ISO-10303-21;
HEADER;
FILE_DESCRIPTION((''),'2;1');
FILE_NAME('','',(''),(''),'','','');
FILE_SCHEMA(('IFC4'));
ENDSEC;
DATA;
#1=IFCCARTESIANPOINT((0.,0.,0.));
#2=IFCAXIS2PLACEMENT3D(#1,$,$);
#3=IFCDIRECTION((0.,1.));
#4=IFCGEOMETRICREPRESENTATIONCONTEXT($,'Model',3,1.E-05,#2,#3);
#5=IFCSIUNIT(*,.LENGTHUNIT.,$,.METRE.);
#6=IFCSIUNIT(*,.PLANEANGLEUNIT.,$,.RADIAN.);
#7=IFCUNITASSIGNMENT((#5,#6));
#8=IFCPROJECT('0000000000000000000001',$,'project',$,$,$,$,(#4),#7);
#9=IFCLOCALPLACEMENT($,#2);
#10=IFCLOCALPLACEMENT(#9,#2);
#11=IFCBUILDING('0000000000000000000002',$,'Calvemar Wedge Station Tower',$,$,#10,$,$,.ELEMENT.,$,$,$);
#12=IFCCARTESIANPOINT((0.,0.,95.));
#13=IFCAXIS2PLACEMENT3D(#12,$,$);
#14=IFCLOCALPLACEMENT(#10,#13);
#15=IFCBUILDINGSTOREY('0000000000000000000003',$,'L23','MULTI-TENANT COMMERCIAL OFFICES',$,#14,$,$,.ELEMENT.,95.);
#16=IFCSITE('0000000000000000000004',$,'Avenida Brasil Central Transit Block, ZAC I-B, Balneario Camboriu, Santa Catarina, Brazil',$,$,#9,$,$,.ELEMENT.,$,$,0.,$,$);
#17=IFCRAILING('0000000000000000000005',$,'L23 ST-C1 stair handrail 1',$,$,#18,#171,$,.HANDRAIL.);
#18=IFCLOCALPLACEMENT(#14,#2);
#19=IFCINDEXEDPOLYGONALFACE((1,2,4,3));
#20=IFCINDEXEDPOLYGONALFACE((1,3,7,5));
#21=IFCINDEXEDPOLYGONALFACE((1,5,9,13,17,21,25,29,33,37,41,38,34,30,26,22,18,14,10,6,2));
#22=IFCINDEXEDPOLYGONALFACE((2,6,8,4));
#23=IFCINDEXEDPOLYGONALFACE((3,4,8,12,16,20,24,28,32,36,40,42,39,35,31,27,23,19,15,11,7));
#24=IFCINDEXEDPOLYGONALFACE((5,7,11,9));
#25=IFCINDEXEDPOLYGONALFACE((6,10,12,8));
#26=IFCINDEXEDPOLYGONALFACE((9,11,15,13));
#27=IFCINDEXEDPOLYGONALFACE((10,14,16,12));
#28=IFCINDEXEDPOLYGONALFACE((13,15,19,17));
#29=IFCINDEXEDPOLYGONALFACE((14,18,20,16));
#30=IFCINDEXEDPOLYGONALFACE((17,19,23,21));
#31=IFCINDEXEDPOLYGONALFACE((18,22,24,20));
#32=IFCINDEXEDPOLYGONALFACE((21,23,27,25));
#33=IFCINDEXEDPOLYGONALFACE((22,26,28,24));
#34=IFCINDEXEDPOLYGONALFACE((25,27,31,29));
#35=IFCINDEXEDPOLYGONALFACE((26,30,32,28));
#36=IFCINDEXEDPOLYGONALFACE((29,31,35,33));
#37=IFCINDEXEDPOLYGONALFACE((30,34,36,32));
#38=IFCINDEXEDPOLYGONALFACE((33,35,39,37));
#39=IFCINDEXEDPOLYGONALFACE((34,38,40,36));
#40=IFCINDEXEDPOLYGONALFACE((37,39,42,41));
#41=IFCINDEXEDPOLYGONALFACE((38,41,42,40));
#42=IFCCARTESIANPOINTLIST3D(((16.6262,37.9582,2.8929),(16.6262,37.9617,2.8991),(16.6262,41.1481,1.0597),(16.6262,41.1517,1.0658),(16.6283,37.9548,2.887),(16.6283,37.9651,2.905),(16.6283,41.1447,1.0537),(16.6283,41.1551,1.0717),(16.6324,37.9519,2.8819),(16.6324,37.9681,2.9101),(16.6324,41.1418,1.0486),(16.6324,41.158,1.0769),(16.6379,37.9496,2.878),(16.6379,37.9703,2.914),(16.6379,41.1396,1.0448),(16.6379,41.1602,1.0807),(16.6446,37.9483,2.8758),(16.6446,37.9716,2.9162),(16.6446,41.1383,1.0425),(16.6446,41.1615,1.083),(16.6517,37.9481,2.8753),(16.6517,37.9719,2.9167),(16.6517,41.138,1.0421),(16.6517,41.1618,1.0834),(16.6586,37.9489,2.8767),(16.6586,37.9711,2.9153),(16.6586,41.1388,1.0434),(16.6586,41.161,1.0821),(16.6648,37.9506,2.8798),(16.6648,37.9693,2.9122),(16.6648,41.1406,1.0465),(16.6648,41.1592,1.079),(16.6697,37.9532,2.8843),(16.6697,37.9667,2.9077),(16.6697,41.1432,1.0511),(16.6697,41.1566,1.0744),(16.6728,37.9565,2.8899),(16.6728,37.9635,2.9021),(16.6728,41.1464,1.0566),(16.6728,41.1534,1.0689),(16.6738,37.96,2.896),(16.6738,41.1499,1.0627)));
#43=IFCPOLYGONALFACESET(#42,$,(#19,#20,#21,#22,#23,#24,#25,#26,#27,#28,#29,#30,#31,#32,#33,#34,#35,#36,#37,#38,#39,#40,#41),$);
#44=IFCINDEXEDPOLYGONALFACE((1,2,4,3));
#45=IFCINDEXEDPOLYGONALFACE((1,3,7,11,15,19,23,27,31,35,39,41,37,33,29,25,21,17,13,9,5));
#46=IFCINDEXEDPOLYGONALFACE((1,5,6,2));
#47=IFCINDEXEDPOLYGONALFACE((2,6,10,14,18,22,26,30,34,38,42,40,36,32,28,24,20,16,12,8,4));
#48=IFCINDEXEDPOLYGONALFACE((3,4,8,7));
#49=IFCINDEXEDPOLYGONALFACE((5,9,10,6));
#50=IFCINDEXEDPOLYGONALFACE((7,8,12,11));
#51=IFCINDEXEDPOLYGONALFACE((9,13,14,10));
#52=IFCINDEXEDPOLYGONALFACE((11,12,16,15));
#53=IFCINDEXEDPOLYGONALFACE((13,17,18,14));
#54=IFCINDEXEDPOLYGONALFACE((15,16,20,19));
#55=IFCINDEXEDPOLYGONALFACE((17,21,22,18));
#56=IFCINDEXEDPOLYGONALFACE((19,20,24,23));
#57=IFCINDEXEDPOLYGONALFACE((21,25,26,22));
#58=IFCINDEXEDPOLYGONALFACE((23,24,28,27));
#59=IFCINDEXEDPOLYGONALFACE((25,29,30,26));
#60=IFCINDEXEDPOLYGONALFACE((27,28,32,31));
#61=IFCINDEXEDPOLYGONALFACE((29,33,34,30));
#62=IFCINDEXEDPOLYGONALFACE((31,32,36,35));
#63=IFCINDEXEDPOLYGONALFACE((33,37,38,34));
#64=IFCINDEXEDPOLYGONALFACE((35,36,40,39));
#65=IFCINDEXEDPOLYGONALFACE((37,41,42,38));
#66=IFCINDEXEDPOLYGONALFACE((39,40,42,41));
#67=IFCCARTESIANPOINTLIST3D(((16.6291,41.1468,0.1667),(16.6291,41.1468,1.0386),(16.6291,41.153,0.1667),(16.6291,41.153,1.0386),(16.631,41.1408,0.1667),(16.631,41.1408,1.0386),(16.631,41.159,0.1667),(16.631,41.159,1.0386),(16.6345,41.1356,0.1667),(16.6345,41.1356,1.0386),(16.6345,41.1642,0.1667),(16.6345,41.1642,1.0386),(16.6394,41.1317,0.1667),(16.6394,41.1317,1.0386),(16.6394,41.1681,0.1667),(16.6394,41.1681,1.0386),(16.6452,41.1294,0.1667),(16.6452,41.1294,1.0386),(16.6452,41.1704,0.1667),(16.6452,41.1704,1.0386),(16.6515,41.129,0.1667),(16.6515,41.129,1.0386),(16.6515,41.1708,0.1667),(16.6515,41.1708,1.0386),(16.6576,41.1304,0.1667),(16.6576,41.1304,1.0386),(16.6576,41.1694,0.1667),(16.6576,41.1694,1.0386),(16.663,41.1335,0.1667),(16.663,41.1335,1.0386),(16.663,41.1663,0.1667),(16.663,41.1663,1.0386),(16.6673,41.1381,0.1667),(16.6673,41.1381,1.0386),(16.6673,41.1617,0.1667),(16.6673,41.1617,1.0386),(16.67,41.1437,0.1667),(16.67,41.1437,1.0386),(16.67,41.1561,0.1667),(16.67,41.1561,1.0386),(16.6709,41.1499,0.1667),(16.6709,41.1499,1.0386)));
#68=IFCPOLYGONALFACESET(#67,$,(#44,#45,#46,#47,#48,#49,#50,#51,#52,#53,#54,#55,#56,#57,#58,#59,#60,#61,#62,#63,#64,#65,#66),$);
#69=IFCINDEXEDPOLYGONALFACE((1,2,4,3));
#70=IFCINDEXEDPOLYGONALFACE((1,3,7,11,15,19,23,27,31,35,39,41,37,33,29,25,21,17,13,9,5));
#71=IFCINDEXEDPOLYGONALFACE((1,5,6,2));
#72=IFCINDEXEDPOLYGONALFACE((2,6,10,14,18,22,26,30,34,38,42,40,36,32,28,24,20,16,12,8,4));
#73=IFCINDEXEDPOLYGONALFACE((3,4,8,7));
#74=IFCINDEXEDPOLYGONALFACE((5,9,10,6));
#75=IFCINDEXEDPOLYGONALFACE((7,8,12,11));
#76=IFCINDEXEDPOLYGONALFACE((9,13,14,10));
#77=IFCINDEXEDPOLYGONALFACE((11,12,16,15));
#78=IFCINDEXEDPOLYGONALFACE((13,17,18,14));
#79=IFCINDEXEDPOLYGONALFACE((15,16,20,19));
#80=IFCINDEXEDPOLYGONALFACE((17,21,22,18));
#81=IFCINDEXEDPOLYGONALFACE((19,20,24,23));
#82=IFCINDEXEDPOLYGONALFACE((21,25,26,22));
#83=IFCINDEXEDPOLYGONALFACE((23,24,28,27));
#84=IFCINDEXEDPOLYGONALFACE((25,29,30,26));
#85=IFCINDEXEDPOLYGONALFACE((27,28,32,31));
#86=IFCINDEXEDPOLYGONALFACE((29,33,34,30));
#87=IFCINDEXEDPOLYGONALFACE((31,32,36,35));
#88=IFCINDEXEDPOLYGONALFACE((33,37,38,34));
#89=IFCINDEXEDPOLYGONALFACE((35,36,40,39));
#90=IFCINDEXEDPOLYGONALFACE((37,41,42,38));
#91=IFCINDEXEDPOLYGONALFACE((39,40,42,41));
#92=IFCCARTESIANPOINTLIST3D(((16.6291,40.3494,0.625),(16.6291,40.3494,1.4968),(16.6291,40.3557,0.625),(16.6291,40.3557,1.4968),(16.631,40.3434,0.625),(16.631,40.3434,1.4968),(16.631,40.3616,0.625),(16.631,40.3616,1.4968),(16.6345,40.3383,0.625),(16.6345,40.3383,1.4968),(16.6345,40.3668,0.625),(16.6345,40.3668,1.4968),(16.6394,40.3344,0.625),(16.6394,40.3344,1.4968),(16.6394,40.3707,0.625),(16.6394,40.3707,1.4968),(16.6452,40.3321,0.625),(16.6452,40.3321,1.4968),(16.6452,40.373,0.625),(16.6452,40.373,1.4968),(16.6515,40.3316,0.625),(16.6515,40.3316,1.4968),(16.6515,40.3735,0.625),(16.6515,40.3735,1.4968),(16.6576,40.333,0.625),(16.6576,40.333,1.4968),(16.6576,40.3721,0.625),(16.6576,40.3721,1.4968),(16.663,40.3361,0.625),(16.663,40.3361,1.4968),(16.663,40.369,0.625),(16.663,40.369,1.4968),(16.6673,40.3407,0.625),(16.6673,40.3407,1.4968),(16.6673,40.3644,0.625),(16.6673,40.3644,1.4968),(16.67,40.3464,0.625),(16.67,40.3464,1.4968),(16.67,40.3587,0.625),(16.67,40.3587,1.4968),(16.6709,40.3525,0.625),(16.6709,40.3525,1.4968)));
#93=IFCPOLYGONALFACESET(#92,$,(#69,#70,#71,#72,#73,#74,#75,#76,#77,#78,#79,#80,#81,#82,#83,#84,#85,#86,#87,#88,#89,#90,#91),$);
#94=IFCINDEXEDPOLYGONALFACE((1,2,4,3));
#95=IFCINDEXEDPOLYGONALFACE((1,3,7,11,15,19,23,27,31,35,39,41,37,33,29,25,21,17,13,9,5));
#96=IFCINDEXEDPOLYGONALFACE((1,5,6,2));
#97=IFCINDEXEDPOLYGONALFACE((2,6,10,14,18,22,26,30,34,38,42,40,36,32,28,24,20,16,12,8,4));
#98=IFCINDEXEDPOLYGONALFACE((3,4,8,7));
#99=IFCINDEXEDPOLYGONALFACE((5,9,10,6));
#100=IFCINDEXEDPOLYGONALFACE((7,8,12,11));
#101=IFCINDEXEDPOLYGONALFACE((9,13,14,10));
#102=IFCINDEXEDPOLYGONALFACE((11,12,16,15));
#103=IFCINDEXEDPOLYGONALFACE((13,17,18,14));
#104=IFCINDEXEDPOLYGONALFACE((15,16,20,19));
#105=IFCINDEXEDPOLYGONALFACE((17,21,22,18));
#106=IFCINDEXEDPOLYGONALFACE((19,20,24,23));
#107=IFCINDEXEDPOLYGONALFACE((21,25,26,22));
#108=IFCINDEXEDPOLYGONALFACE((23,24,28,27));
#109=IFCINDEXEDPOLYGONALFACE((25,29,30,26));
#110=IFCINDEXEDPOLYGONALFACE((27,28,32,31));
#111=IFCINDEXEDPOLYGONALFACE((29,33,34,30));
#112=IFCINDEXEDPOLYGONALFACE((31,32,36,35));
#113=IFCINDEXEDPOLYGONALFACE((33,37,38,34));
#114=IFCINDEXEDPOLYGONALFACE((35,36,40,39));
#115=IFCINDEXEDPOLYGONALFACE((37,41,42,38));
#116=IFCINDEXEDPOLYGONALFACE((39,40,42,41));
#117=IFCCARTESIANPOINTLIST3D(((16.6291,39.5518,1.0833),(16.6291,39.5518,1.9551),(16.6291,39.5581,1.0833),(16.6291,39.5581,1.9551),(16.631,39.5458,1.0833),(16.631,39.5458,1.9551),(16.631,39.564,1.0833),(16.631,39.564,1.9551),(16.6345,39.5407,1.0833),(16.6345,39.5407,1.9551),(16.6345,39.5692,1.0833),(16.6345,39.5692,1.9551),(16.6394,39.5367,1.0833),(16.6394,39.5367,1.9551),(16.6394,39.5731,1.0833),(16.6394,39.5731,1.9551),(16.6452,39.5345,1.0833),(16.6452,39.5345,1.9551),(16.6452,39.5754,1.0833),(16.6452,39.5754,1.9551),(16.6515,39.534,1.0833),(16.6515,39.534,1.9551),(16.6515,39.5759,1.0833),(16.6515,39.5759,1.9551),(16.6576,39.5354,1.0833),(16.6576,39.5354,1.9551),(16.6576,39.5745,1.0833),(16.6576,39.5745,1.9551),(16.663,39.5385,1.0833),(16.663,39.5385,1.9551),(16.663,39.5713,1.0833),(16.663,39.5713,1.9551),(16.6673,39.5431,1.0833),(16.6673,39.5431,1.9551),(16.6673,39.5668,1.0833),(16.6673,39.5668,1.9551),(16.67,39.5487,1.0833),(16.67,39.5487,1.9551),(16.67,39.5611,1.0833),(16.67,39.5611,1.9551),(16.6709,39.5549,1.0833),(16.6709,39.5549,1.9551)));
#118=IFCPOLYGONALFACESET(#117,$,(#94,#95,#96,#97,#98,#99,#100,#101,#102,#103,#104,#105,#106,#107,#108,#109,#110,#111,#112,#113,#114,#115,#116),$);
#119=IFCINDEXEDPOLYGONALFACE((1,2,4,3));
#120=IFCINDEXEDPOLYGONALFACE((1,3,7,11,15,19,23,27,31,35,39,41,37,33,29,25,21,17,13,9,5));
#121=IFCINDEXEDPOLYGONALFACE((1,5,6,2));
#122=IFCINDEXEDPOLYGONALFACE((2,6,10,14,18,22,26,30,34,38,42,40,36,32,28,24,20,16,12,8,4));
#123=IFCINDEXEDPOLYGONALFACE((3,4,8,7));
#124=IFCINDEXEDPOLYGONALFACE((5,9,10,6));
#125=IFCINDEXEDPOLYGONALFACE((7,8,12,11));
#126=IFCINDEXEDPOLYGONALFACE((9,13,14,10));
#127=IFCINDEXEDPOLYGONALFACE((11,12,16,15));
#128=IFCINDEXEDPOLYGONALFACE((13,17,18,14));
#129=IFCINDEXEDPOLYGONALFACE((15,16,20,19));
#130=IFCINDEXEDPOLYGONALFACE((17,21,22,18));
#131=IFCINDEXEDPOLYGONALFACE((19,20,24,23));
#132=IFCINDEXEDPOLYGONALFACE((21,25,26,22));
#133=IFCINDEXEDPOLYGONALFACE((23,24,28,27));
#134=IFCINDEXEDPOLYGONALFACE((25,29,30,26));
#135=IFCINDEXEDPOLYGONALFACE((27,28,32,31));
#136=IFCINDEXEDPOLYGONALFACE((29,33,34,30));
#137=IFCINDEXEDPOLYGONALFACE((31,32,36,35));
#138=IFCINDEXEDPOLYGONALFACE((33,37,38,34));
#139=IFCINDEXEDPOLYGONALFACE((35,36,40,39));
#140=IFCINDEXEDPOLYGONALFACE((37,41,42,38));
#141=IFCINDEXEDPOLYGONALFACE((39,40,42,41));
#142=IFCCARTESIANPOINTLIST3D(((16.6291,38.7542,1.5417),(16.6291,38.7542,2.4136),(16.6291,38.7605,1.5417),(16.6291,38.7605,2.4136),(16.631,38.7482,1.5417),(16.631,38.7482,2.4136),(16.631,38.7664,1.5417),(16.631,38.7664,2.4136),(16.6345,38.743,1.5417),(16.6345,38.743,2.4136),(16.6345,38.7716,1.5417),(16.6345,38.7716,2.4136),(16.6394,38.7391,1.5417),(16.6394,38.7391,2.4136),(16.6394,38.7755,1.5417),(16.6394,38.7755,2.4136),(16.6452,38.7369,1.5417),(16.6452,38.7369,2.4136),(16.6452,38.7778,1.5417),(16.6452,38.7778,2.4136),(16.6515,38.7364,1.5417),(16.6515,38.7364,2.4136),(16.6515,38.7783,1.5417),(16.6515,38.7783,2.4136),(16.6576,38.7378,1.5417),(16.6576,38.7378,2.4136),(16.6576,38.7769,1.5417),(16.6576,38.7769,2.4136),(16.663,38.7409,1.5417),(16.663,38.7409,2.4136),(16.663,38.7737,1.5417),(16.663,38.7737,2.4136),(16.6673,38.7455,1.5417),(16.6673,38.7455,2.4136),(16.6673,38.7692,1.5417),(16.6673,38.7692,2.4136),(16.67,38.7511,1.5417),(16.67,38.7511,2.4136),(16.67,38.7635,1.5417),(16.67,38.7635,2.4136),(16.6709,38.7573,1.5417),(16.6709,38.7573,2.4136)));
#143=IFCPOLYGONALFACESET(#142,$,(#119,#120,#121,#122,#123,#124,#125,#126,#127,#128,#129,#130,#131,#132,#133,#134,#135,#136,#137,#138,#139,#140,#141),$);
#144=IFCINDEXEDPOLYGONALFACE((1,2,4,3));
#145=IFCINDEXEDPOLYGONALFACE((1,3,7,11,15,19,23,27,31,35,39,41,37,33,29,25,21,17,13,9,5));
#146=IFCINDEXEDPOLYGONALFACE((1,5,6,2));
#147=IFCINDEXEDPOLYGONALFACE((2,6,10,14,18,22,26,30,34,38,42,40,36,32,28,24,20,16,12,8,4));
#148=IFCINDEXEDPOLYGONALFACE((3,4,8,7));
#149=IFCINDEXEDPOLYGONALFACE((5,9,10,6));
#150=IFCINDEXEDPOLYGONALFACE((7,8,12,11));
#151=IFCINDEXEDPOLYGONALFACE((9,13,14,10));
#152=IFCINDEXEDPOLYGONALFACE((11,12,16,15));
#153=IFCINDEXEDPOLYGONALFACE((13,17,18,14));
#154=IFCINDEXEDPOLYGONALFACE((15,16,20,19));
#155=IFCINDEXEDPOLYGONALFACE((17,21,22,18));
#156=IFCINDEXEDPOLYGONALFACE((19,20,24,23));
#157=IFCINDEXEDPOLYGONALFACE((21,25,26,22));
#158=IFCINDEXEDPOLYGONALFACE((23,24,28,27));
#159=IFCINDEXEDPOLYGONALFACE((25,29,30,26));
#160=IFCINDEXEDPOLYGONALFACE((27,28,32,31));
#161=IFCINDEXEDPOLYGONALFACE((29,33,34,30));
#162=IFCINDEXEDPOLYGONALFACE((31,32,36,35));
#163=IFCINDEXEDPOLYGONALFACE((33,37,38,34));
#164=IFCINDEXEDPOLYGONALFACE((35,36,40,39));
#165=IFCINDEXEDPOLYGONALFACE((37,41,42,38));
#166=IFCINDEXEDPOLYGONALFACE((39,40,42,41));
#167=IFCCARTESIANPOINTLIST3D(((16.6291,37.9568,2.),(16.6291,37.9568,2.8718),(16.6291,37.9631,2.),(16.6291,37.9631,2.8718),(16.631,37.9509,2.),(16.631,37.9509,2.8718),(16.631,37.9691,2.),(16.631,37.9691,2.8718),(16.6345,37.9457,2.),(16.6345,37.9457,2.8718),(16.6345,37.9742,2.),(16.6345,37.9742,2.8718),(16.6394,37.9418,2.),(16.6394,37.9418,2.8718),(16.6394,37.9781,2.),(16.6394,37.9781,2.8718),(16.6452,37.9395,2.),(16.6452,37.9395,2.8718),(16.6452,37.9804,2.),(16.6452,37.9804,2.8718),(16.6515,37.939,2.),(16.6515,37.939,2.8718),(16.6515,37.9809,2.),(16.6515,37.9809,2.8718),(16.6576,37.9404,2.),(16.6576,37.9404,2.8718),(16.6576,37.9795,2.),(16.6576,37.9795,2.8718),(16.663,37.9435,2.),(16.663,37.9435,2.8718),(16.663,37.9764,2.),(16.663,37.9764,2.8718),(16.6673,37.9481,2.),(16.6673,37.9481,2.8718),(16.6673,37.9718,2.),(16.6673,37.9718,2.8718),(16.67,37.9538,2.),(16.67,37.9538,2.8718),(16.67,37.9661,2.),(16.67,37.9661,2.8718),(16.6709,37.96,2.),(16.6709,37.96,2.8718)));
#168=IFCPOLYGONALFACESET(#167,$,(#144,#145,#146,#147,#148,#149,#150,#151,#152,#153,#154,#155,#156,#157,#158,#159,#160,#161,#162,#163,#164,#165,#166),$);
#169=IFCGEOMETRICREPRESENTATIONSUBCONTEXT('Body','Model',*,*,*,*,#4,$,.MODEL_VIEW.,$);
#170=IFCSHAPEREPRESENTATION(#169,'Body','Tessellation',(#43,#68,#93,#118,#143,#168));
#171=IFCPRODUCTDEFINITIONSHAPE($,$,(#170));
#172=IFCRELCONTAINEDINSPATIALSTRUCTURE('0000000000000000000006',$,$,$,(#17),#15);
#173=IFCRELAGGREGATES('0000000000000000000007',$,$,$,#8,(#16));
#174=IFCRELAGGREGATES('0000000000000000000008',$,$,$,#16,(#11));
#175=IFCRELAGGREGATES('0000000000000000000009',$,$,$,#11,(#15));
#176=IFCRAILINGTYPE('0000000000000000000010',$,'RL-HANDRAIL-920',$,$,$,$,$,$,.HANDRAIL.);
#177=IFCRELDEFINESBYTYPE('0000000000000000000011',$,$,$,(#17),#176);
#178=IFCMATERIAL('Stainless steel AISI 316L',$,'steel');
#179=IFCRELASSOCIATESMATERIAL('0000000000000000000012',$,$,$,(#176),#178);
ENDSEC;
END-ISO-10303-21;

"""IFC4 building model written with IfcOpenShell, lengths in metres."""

from ifc_helpers import new_model, si_unit, direction, frame, origin, origin_2d, place, context, subcontext, project, spatial, circle, extrude, material, type_object, element, save


model = new_model("IFC4")

# Units and contexts
model_context = context("Model", 3, precision=1e-05, world=origin(), true_north=direction((0.0, 1.0)))
body_context = subcontext(model_context, "Body", "Model", "MODEL_VIEW")
ifc_project = project(units=[si_unit("LENGTHUNIT", "METRE"), si_unit("PLANEANGLEUNIT", "RADIAN")], contexts=[model_context])

# Site, building, storey
site_placement = place(None, origin())
site = spatial("IfcSite", under=ifc_project, at=site_placement, Name="Avenida Brasil Central Transit Block, ZAC I-B, Balneario Camboriu, Santa Catarina, Brazil", CompositionType="ELEMENT", RefElevation=0.0)
building_placement = place(site_placement, origin())
building = spatial("IfcBuilding", under=site, at=building_placement, Name="Calvemar Wedge Station Tower", CompositionType="ELEMENT")
storey_placement = place(building_placement, frame((0.0, 0.0, 95.0)))
storey = spatial("IfcBuildingStorey", under=building, at=storey_placement, Name="L23", Description="MULTI-TENANT COMMERCIAL OFFICES", CompositionType="ELEMENT", Elevation=95.0)

# Railing
ifc_material_1 = material(Name="Stainless steel AISI 316L", Category="steel")
railing_type_1 = type_object("IfcRailingType", Name="RL-HANDRAIL-920", PredefinedType="HANDRAIL", material=ifc_material_1)
railing_1_placement = place(storey_placement, frame((16.6499, 41.1499, 0.1667)))
element("IfcRailing", 1, at=railing_1_placement, inside=storey, type_object=railing_type_1, Name="L23 ST-C1 stair handrail 1", PredefinedType="HANDRAIL", context=body_context, shape_type="SweptSolid", body=[
    extrude(circle(Radius=0.0239, at=origin_2d()), frame((0.0, 0.0, 0.896), z_axis=(0.0, -0.86702, 0.498274), x_axis=(1.0, 0.0, 0.0)), (0.0, 0.0, 1.0), 3.6792),
    extrude(circle(Radius=0.021, at=origin_2d()), origin(), (0.0, 0.0, 1.0), 0.8718),
    extrude(circle(Radius=0.021, at=origin_2d()), frame((0.0, -0.7974, 0.4583)), (0.0, 0.0, 1.0), 0.8718),
    extrude(circle(Radius=0.021, at=origin_2d()), frame((0.0, -1.595, 0.9165)), (0.0, 0.0, 1.0), 0.8718),
    extrude(circle(Radius=0.021, at=origin_2d()), frame((0.0, -2.3926, 1.375)), (0.0, 0.0, 1.0), 0.8718),
    extrude(circle(Radius=0.021, at=origin_2d()), frame((0.0, -3.1899, 1.8333)), (0.0, 0.0, 1.0), 0.8718),
])

save(model, "model.ifc")
